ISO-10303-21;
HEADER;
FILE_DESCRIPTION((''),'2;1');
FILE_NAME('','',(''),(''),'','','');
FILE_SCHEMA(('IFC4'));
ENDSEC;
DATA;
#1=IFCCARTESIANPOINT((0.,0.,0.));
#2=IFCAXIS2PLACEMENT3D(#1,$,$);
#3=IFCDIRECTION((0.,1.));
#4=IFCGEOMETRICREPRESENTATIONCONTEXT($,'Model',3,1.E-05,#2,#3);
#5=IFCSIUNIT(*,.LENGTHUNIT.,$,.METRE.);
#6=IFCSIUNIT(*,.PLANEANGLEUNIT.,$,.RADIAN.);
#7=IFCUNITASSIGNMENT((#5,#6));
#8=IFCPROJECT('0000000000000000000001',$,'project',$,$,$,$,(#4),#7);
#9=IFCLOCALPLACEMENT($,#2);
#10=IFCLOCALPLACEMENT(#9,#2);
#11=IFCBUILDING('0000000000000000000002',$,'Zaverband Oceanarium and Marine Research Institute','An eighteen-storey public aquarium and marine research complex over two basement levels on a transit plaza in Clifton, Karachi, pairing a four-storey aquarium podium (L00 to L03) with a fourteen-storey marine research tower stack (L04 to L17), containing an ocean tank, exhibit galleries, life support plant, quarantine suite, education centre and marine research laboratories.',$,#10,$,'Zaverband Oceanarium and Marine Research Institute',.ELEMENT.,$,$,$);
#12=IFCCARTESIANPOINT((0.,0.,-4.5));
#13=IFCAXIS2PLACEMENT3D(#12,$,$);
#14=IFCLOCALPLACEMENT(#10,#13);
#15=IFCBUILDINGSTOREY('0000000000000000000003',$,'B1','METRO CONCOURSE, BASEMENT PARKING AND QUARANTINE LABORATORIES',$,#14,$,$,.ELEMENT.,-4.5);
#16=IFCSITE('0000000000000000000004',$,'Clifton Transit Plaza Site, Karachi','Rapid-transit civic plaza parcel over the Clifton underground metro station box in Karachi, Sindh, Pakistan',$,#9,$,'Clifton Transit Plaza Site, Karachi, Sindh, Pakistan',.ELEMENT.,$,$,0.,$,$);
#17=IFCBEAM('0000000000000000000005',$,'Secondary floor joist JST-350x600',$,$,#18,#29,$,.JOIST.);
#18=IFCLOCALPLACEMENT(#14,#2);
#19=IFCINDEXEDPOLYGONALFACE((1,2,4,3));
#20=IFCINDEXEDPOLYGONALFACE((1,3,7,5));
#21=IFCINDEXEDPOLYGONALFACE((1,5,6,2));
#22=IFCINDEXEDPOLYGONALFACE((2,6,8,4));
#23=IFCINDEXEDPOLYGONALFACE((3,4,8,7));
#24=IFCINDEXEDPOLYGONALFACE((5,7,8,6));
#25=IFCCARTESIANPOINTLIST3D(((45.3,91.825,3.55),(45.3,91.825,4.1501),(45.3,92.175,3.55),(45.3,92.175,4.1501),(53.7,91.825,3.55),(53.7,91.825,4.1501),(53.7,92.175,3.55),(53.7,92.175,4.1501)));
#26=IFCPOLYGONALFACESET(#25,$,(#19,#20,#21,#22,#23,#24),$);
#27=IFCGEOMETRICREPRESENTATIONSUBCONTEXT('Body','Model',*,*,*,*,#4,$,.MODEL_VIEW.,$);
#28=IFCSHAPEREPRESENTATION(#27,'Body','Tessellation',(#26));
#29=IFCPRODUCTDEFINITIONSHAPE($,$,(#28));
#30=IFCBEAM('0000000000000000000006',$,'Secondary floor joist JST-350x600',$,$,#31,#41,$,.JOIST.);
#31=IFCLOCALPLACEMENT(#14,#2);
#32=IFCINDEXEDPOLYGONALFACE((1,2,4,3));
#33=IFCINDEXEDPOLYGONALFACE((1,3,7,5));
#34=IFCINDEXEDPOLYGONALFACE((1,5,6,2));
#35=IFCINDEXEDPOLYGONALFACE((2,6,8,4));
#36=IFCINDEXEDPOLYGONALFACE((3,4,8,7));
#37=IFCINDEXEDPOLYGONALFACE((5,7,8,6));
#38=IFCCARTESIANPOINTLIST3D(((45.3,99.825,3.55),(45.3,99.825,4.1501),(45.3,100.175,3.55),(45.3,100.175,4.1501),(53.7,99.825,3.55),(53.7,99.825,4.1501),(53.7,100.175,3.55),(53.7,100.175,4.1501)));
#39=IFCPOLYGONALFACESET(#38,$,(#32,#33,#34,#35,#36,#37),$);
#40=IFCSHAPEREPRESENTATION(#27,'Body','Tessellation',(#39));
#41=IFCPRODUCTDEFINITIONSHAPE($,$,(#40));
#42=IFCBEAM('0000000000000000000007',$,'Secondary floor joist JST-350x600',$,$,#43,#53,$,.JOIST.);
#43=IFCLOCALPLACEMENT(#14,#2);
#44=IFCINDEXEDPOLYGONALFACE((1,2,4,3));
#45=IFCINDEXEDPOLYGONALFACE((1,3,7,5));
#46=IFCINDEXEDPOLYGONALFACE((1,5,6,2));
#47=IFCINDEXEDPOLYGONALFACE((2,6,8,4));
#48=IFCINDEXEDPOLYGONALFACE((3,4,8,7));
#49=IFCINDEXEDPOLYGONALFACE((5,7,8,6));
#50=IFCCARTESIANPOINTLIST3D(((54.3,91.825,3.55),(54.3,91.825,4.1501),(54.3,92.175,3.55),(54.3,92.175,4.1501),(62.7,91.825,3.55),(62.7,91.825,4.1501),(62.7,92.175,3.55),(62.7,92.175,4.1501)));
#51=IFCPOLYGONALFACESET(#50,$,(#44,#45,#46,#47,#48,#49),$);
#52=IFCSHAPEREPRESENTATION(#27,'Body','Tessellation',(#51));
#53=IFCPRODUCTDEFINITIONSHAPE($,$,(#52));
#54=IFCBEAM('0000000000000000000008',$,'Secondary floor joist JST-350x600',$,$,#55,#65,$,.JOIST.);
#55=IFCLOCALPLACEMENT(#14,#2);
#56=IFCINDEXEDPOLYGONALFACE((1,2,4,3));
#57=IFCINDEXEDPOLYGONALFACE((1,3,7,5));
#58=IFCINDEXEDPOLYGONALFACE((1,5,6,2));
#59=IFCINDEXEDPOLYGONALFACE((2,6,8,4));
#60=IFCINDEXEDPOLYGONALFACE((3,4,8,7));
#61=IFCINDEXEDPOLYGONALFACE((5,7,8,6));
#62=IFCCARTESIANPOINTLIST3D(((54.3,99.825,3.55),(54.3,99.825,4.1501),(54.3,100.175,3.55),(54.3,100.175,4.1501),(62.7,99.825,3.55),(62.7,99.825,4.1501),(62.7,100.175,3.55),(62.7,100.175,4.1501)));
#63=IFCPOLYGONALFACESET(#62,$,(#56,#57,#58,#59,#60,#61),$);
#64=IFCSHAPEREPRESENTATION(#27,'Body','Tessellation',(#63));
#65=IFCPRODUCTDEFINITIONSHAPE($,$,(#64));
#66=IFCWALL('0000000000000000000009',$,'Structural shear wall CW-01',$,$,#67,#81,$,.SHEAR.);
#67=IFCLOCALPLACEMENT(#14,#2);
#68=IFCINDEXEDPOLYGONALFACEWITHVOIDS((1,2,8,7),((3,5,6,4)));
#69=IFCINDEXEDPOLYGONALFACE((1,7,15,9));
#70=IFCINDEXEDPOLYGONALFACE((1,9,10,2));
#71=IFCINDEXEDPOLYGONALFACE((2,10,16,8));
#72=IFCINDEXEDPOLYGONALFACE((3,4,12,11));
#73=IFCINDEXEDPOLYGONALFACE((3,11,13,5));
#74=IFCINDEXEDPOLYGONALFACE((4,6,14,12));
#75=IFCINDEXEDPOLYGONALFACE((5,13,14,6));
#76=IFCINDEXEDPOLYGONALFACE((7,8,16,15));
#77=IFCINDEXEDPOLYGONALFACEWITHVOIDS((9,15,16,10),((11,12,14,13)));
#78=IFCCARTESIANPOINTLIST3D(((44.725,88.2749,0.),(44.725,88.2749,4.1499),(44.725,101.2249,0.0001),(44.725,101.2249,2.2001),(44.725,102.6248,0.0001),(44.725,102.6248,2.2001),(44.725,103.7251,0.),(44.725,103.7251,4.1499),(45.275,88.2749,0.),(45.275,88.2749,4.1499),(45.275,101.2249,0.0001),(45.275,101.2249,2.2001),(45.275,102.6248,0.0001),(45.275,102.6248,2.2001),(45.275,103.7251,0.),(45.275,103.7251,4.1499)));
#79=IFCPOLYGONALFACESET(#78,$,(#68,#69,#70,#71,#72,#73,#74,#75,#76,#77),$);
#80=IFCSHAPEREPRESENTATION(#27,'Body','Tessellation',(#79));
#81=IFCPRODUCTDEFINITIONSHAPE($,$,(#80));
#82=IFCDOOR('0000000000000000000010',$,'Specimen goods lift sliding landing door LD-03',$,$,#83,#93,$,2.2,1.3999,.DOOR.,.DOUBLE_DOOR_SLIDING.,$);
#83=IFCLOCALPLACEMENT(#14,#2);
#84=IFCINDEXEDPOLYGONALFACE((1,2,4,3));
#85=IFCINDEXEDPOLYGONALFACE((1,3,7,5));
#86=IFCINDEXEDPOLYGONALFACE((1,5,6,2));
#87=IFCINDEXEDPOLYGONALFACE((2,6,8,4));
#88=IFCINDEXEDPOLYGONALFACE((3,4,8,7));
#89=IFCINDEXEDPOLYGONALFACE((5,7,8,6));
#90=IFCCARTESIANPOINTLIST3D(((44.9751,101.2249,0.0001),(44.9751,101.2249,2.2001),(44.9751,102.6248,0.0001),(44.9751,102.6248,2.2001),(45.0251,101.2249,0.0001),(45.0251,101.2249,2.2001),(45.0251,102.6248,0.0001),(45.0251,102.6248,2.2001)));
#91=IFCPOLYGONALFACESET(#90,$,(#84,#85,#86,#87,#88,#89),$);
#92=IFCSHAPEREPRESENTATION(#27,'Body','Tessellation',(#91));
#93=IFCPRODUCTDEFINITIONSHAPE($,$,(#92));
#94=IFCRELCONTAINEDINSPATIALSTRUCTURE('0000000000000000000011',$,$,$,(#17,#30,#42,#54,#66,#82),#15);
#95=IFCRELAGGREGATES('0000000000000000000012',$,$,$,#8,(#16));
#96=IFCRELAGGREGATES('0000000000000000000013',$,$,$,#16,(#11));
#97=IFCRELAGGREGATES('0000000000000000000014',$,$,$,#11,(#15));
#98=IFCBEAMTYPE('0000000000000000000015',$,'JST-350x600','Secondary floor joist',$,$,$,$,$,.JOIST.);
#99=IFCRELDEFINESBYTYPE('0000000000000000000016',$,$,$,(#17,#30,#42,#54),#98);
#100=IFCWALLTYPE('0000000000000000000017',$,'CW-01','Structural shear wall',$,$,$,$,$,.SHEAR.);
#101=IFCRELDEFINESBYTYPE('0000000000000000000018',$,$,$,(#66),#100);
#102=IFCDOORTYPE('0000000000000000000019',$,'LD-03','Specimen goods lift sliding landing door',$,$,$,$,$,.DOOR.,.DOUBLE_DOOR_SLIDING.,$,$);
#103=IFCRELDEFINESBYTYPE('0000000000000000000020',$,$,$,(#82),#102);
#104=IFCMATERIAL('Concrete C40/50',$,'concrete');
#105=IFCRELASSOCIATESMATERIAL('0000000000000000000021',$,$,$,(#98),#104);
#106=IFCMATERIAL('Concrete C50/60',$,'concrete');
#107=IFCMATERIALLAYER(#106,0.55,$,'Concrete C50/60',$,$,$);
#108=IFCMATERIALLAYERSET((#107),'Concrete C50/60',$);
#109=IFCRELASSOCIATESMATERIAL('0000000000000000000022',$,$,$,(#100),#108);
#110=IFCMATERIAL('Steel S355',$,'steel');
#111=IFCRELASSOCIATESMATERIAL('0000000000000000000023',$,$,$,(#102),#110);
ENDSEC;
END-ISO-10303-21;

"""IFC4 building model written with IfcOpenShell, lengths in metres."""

from ifc_helpers import new_model, si_unit, direction, frame, frame_2d, origin, origin_2d, place, context, subcontext, project, spatial, rectangle, extrude, material, layer, layer_set, material_profile, profile_set, type_object, element, fill, save


model = new_model("IFC4")

# Units and contexts
model_context = context("Model", 3, precision=1e-05, world=origin(), true_north=direction((0.0, 1.0)))
body_context = subcontext(model_context, "Body", "Model", "MODEL_VIEW")
ifc_project = project(units=[si_unit("LENGTHUNIT", "METRE"), si_unit("PLANEANGLEUNIT", "RADIAN")], contexts=[model_context])

# Site, building, storey
site_placement = place(None, origin())
site = spatial("IfcSite", under=ifc_project, at=site_placement, Name="Clifton Transit Plaza Site, Karachi", Description="Rapid-transit civic plaza parcel over the Clifton underground metro station box in Karachi, Sindh, Pakistan", LongName="Clifton Transit Plaza Site, Karachi, Sindh, Pakistan", CompositionType="ELEMENT", RefElevation=0.0)
building_placement = place(site_placement, origin())
building = spatial("IfcBuilding", under=site, at=building_placement, Name="Zaverband Oceanarium and Marine Research Institute", Description="An eighteen-storey public aquarium and marine research complex over two basement levels on a transit plaza in Clifton, Karachi, pairing a four-storey aquarium podium (L00 to L03) with a fourteen-storey marine research tower stack (L04 to L17), containing an ocean tank, exhibit galleries, life support plant, quarantine suite, education centre and marine research laboratories.", LongName="Zaverband Oceanarium and Marine Research Institute", CompositionType="ELEMENT")
storey_placement = place(building_placement, frame((0.0, 0.0, -4.5)))
storey = spatial("IfcBuildingStorey", under=building, at=storey_placement, Name="B1", Description="METRO CONCOURSE, BASEMENT PARKING AND QUARANTINE LABORATORIES", CompositionType="ELEMENT", Elevation=-4.5)

# Shared definitions
ifc_material_1 = material(Name="Concrete C50/60", Category="concrete")

# Beams
ifc_material_2 = material(Name="Concrete C40/50", Category="concrete")
ifc_material_profile_1 = material_profile(ifc_material_2, rectangle(XDim=0.3501, YDim=0.6001, at=origin_2d()), Name="RC350x600")
ifc_profile_set_1 = profile_set([ifc_material_profile_1], Name="Concrete C40/50")
beam_type_1 = type_object("IfcBeamType", Name="JST-350x600", Description="Secondary floor joist", PredefinedType="JOIST", material=ifc_profile_set_1)
for number, where, z_axis, x_axis, name in (
    (1, (45.3, 92.0, 3.8501), (1.0, 0.0, 0.0), (0.0, 1.0, 0.0), "Secondary floor joist JST-350x600"),
    (2, (45.3, 100.0, 3.8501), (1.0, 0.0, 0.0), (0.0, 1.0, 0.0), "Secondary floor joist JST-350x600"),
    (3, (54.3, 92.0, 3.8501), (1.0, 0.0, 0.0), (0.0, 1.0, 0.0), "Secondary floor joist JST-350x600"),
    (4, (54.3, 100.0, 3.8501), (1.0, 0.0, 0.0), (0.0, 1.0, 0.0), "Secondary floor joist JST-350x600"),
):
    element("IfcBeam", number, at=place(storey_placement, frame(where, z_axis=z_axis, x_axis=x_axis)), inside=storey, type_object=beam_type_1, Name=name, PredefinedType="JOIST", context=body_context, shape_type="SweptSolid", body=[
        extrude(rectangle(XDim=0.3501, YDim=0.6001, at=origin_2d()), origin(), (0.0, 0.0, 1.0), 8.3999),
    ])

# Wall, opening, door
ifc_layer = layer(ifc_material_1, 0.55, Name="Concrete C50/60")
ifc_layer_set = layer_set([ifc_layer], Name="Concrete C50/60")
wall_type = type_object("IfcWallType", Name="CW-01", Description="Structural shear wall", PredefinedType="SHEAR", material=ifc_layer_set)
wall_placement = place(storey_placement, frame((45.0, 88.2749, 0.0), z_axis=(0.0, 0.0, 1.0), x_axis=(0.0, 1.0, 0.0)))
wall = element("IfcWall", 5, at=wall_placement, inside=storey, type_object=wall_type, Name="Structural shear wall CW-01", PredefinedType="SHEAR", context=body_context, shape_type="SweptSolid", body=[
    extrude(rectangle(XDim=15.4502, YDim=0.55, at=frame_2d((7.7251, 0.0))), origin(), (0.0, 0.0, 1.0), 4.1499),
])
opening_placement = place(wall_placement, frame((12.95, 0.0, 0.0)))
opening = element("IfcOpeningElement", 6, at=opening_placement, cuts=wall, PredefinedType="OPENING", context=body_context, shape_type="SweptSolid", body=[
    extrude(rectangle(XDim=1.3999, YDim=2.2, at=frame_2d((0.7, 1.1001))), frame((0.0, 0.2871, 0.0), z_axis=(0.0, -1.0, 0.0), x_axis=(1.0, 0.0, 0.0)), (0.0, 0.0, 1.0), 0.574),
])
ifc_material_3 = material(Name="Steel S355", Category="steel")
door_type = type_object("IfcDoorType", Name="LD-03", Description="Specimen goods lift sliding landing door", OperationType="DOUBLE_DOOR_SLIDING", PredefinedType="DOOR", material=ifc_material_3)
door_placement = place(opening_placement, origin())
door = element("IfcDoor", 7, at=door_placement, inside=storey, type_object=door_type, Name="Specimen goods lift sliding landing door LD-03", OperationType="DOUBLE_DOOR_SLIDING", OverallHeight=2.2, OverallWidth=1.3999, PredefinedType="DOOR", context=body_context, shape_type="SweptSolid", body=[
    extrude(rectangle(XDim=1.3999, YDim=2.2, at=frame_2d((0.7, 1.1001))), frame((0.0, 0.0249, 0.0), z_axis=(0.0, -1.0, 0.0), x_axis=(1.0, 0.0, 0.0)), (0.0, 0.0, 1.0), 0.05),
])
fill(opening, door)

save(model, "model.ifc")
